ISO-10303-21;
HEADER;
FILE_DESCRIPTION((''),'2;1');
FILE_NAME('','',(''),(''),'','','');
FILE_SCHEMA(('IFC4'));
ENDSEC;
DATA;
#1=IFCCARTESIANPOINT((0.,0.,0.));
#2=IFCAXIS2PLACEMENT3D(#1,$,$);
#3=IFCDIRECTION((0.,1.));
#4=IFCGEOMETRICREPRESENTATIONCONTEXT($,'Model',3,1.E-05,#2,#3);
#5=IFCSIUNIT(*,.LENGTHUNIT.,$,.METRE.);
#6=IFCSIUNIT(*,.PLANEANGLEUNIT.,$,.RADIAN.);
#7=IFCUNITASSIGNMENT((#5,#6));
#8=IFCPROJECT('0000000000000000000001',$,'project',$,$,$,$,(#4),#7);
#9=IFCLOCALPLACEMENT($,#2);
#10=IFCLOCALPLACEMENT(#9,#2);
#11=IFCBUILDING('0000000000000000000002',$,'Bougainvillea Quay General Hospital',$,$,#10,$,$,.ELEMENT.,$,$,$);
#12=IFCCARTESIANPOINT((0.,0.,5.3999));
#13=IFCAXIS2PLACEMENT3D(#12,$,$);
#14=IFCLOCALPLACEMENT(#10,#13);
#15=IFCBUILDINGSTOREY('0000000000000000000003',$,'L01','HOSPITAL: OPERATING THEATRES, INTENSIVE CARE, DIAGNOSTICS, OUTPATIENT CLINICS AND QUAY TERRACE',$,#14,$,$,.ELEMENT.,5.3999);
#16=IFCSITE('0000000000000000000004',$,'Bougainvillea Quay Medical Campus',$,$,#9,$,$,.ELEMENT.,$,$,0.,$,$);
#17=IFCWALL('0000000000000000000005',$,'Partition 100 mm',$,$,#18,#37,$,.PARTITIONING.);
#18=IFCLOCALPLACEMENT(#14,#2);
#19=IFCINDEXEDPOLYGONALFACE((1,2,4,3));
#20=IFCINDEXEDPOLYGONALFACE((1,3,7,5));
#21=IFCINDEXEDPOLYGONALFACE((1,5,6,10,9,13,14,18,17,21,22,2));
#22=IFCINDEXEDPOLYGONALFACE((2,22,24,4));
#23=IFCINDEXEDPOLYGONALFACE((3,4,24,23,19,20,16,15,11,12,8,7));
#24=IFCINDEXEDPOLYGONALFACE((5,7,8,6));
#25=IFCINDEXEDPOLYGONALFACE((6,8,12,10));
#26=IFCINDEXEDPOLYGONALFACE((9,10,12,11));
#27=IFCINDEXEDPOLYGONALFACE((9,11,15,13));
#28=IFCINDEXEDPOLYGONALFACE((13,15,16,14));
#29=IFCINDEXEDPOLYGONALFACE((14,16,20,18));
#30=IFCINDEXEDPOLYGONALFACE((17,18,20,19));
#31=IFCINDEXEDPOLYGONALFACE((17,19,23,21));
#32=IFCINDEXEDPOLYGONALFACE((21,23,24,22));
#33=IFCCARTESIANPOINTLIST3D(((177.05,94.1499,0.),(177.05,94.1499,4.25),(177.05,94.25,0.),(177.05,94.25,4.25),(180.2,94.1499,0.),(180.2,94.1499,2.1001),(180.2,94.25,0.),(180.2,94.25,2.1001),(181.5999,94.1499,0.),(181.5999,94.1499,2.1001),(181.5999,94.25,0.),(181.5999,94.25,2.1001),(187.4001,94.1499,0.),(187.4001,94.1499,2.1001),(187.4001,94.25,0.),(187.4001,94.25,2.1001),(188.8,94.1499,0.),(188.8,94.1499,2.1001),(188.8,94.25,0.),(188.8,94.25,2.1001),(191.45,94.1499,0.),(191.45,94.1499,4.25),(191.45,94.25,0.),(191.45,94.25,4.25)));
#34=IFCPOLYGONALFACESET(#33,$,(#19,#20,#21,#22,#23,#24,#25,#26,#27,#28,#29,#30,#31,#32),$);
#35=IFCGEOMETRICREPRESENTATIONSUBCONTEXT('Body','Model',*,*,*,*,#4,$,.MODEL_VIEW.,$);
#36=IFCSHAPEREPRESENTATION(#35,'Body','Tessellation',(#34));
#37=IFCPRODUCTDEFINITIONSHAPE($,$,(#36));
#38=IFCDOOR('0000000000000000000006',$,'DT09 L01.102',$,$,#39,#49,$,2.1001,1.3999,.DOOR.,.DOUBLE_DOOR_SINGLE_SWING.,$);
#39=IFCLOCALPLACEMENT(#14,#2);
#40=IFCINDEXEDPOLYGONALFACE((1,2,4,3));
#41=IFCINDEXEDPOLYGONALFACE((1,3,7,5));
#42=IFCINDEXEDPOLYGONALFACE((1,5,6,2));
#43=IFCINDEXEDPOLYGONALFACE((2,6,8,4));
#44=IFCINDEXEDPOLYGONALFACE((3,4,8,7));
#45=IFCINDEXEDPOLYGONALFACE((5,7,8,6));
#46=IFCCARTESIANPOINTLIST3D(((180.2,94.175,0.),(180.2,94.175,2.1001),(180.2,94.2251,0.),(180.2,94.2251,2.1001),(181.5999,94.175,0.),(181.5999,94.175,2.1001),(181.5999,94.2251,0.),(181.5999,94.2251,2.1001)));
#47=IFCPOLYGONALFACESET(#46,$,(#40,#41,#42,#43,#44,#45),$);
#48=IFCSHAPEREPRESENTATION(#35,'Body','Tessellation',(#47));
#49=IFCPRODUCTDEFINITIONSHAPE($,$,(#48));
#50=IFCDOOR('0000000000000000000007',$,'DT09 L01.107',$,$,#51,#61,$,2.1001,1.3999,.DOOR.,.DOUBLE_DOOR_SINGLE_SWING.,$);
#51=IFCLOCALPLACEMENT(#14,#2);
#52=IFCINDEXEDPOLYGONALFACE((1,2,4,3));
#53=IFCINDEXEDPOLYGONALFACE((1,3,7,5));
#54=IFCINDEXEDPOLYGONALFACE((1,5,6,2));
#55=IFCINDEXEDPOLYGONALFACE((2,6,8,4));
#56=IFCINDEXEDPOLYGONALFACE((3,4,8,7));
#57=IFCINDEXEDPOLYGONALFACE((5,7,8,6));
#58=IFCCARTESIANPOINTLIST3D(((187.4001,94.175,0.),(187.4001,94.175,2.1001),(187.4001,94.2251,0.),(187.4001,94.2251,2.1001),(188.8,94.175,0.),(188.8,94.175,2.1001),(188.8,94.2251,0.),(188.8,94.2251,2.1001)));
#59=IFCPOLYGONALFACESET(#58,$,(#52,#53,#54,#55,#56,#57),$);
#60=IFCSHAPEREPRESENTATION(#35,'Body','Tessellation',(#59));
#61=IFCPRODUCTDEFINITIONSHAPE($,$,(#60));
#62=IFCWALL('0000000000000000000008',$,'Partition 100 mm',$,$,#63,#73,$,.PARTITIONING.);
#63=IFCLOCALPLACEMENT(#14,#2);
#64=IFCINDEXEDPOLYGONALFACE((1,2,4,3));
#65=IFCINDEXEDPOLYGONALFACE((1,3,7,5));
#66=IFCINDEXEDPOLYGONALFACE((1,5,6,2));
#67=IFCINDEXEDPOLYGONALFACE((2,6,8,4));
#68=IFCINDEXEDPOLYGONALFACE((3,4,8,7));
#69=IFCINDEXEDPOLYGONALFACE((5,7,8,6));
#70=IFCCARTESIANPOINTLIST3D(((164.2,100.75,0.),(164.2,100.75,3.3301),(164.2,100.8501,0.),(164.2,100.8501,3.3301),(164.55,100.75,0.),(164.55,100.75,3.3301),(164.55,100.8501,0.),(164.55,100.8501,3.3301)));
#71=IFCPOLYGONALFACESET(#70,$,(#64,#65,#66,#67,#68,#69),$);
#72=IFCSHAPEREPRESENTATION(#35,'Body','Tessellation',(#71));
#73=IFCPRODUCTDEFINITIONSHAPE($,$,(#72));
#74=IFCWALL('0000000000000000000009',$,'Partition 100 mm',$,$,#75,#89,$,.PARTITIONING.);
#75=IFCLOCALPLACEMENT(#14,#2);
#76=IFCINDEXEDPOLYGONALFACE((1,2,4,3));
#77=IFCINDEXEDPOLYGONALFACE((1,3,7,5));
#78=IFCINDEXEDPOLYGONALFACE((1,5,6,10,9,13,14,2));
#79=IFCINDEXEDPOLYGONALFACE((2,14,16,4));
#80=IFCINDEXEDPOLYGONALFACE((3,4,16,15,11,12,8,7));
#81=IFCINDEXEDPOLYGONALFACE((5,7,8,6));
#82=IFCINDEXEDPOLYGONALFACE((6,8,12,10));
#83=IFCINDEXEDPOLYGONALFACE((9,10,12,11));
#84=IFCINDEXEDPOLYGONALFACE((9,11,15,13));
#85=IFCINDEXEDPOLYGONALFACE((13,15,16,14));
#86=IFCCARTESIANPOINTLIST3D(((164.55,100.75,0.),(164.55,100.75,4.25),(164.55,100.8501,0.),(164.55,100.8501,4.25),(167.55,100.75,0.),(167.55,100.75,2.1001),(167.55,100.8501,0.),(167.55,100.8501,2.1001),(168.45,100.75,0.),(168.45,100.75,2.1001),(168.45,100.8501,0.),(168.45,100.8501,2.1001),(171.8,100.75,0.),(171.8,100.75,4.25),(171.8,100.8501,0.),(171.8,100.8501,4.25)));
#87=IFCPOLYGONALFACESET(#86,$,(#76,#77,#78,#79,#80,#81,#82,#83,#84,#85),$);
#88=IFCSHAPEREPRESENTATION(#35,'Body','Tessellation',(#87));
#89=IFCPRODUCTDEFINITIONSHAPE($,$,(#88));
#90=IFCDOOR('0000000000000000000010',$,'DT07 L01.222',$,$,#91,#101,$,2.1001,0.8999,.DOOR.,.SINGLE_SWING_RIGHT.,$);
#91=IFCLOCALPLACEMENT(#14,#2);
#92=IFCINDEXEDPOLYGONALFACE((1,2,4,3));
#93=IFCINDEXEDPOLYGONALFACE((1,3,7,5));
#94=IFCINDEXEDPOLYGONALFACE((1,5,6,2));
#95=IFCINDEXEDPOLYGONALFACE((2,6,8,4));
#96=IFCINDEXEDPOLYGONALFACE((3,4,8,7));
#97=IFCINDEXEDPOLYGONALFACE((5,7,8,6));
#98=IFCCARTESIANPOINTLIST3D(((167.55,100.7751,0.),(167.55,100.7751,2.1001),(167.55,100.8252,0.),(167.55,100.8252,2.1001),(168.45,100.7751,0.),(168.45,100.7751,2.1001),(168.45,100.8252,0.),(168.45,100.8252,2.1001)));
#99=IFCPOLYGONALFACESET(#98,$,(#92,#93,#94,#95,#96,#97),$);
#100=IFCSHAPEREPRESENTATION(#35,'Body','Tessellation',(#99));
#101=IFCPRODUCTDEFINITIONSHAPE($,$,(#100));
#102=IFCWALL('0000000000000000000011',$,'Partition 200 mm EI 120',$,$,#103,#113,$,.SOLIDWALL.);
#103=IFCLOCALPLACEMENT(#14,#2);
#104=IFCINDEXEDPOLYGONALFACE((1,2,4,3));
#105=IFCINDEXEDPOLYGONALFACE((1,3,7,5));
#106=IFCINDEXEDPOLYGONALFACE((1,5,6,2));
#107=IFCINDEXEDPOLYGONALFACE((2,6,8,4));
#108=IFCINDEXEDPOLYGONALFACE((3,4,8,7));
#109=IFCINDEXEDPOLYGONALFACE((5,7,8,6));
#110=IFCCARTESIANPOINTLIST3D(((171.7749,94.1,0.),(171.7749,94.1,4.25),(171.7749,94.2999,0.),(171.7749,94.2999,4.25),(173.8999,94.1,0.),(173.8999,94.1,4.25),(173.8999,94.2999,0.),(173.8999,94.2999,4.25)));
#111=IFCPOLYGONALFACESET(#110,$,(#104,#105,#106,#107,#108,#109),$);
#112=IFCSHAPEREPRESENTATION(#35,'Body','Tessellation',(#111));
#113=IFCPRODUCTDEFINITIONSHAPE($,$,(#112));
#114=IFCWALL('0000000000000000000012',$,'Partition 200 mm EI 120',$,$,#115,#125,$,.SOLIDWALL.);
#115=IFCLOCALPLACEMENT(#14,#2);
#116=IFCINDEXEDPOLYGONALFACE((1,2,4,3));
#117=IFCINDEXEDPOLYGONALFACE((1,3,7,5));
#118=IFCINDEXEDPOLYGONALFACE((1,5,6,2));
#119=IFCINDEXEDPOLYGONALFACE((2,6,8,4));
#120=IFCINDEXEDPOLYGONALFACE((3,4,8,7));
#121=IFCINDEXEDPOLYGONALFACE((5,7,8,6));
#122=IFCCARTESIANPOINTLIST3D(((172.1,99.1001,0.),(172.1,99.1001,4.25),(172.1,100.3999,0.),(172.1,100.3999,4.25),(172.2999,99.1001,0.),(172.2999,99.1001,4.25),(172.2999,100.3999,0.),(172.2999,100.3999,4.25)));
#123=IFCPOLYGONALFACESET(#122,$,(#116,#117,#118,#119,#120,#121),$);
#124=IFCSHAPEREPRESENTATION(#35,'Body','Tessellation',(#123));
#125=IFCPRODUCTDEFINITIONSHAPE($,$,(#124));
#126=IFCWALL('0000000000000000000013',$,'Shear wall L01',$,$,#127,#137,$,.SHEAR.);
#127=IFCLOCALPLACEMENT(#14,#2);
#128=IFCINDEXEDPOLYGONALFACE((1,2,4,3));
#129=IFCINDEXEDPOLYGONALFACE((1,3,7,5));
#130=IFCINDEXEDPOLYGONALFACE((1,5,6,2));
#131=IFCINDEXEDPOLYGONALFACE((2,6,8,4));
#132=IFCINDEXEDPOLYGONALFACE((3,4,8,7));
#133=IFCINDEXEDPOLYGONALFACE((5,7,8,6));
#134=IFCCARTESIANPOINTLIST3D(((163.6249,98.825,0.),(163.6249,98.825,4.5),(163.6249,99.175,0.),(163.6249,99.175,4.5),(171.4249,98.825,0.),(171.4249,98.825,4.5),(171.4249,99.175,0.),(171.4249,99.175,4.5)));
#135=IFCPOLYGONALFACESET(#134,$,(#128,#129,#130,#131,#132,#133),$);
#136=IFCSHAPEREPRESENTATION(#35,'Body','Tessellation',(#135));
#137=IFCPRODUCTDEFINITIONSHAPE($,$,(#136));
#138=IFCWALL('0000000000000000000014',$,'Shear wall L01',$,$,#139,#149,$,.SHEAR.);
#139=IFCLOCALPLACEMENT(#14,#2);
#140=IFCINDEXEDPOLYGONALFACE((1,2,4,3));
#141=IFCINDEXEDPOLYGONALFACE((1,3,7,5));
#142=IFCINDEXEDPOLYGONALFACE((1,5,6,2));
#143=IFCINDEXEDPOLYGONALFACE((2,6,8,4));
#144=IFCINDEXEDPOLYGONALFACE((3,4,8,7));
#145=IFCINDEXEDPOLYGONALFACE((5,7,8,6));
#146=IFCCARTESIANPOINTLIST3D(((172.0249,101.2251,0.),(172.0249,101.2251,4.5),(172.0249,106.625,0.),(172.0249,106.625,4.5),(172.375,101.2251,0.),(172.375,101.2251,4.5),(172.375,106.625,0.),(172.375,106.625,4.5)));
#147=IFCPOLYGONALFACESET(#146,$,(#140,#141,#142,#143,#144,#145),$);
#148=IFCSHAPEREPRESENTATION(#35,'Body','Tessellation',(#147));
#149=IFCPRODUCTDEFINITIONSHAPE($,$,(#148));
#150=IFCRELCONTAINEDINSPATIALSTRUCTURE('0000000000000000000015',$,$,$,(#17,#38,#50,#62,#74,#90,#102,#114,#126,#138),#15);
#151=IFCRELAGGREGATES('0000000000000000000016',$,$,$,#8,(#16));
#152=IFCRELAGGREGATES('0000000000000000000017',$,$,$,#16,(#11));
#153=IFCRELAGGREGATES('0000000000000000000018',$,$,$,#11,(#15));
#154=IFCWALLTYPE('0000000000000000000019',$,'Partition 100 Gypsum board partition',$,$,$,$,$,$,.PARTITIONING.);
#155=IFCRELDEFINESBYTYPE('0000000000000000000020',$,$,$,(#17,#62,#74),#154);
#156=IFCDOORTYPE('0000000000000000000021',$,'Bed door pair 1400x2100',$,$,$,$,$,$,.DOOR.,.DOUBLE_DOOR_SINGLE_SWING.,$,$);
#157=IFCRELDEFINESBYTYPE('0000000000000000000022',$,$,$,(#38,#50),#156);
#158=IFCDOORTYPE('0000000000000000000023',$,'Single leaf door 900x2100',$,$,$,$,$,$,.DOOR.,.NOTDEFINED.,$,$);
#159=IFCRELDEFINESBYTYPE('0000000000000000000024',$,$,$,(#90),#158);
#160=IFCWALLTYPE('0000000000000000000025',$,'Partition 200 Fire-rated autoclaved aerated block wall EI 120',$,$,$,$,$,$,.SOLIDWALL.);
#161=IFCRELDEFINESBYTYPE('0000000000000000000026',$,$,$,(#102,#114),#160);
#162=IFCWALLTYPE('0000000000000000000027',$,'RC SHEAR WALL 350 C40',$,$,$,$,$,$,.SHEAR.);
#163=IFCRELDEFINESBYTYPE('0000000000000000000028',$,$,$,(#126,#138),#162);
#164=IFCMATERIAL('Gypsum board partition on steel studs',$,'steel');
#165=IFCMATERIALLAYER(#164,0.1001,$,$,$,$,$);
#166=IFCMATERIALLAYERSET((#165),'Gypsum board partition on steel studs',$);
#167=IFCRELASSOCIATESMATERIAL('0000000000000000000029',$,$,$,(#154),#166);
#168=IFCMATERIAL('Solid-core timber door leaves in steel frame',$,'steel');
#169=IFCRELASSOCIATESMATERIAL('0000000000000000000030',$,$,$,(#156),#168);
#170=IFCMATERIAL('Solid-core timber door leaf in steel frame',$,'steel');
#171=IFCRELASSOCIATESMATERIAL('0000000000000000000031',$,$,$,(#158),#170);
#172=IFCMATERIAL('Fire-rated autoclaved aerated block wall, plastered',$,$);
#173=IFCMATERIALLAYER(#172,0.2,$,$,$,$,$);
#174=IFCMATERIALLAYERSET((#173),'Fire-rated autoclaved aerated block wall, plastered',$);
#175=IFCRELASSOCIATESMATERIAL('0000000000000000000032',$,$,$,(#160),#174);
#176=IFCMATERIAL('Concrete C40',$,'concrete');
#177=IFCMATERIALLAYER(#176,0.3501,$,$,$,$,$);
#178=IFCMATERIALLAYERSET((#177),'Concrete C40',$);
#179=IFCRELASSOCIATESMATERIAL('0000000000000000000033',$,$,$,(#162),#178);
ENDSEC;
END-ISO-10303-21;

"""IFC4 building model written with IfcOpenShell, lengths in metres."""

from ifc_helpers import new_model, si_unit, direction, frame, frame_2d, origin, place, context, subcontext, project, spatial, rectangle, extrude, material, layer, layer_set, type_object, element, fill, save


model = new_model("IFC4")

# Units and contexts
model_context = context("Model", 3, precision=1e-05, world=origin(), true_north=direction((0.0, 1.0)))
body_context = subcontext(model_context, "Body", "Model", "MODEL_VIEW")
ifc_project = project(units=[si_unit("LENGTHUNIT", "METRE"), si_unit("PLANEANGLEUNIT", "RADIAN")], contexts=[model_context])

# Site, building, storey
site_placement = place(None, origin())
site = spatial("IfcSite", under=ifc_project, at=site_placement, Name="Bougainvillea Quay Medical Campus", CompositionType="ELEMENT", RefElevation=0.0)
building_placement = place(site_placement, origin())
building = spatial("IfcBuilding", under=site, at=building_placement, Name="Bougainvillea Quay General Hospital", CompositionType="ELEMENT")
storey_placement = place(building_placement, frame((0.0, 0.0, 5.3999)))
storey = spatial("IfcBuildingStorey", under=building, at=storey_placement, Name="L01", Description="HOSPITAL: OPERATING THEATRES, INTENSIVE CARE, DIAGNOSTICS, OUTPATIENT CLINICS AND QUAY TERRACE", CompositionType="ELEMENT", Elevation=5.3999)

# Shared definitions
ifc_material_1 = material(Name="Concrete C40", Category="concrete")

# Wall, openings, doors
ifc_material_2 = material(Name="Gypsum board partition on steel studs", Category="steel")
ifc_layer_1 = layer(ifc_material_2, 0.1001)
ifc_layer_set_1 = layer_set([ifc_layer_1], Name="Gypsum board partition on steel studs")
wall_type_1 = type_object("IfcWallType", Name="Partition 100 Gypsum board partition", PredefinedType="PARTITIONING", material=ifc_layer_set_1)
ifc_material_3 = material(Name="Solid-core timber door leaves in steel frame", Category="steel")
door_type_1 = type_object("IfcDoorType", Name="Bed door pair 1400x2100", OperationType="DOUBLE_DOOR_SINGLE_SWING", PredefinedType="DOOR", material=ifc_material_3)
wall_1_placement = place(storey_placement, frame((177.05, 94.2, 0.0), z_axis=(0.0, 0.0, 1.0), x_axis=(1.0, 0.0, 0.0)))
wall_1 = element("IfcWall", 1, at=wall_1_placement, inside=storey, type_object=wall_type_1, Name="Partition 100 mm", PredefinedType="PARTITIONING", context=body_context, shape_type="SweptSolid", body=[
    extrude(rectangle(XDim=14.3999, YDim=0.1001, at=frame_2d((7.2, 0.0))), origin(), (0.0, 0.0, 1.0), 4.25),
])
opening_1_placement = place(wall_1_placement, frame((3.1499, 0.0, 0.0)))
opening_1 = element("IfcOpeningElement", 2, at=opening_1_placement, cuts=wall_1, PredefinedType="OPENING", context=body_context, shape_type="SweptSolid", body=[
    extrude(rectangle(XDim=1.3999, YDim=2.1001, at=frame_2d((0.7, 1.05))), frame((0.0, 0.0601, 0.0), z_axis=(0.0, -1.0, 0.0), x_axis=(1.0, 0.0, 0.0)), (0.0, 0.0, 1.0), 0.1201),
])
opening_2_placement = place(wall_1_placement, frame((10.3501, 0.0, 0.0)))
opening_2 = element("IfcOpeningElement", 3, at=opening_2_placement, cuts=wall_1, PredefinedType="OPENING", context=body_context, shape_type="SweptSolid", body=[
    extrude(rectangle(XDim=1.3999, YDim=2.1001, at=frame_2d((0.7, 1.05))), frame((0.0, 0.0601, 0.0), z_axis=(0.0, -1.0, 0.0), x_axis=(1.0, 0.0, 0.0)), (0.0, 0.0, 1.0), 0.1201),
])
door_1_placement = place(opening_1_placement, frame((1.3999, 0.0, 0.0), z_axis=(0.0, 0.0, 1.0), x_axis=(-1.0, 0.0, 0.0)))
door_1 = element("IfcDoor", 4, at=door_1_placement, inside=storey, type_object=door_type_1, Name="DT09 L01.102", OperationType="DOUBLE_DOOR_SINGLE_SWING", OverallHeight=2.1001, OverallWidth=1.3999, PredefinedType="DOOR", context=body_context, shape_type="SweptSolid", body=[
    extrude(rectangle(XDim=1.3999, YDim=2.1001, at=frame_2d((0.7, 1.05))), frame((0.0, 0.0249, 0.0), z_axis=(0.0, -1.0, 0.0), x_axis=(1.0, 0.0, 0.0)), (0.0, 0.0, 1.0), 0.05),
])
fill(opening_1, door_1)
door_2_placement = place(opening_2_placement, frame((1.3999, 0.0, 0.0), z_axis=(0.0, 0.0, 1.0), x_axis=(-1.0, 0.0, 0.0)))
door_2 = element("IfcDoor", 5, at=door_2_placement, inside=storey, type_object=door_type_1, Name="DT09 L01.107", OperationType="DOUBLE_DOOR_SINGLE_SWING", OverallHeight=2.1001, OverallWidth=1.3999, PredefinedType="DOOR", context=body_context, shape_type="SweptSolid", body=[
    extrude(rectangle(XDim=1.3999, YDim=2.1001, at=frame_2d((0.7, 1.05))), frame((0.0, 0.0249, 0.0), z_axis=(0.0, -1.0, 0.0), x_axis=(1.0, 0.0, 0.0)), (0.0, 0.0, 1.0), 0.05),
])
fill(opening_2, door_2)

# Wall
wall_2_placement = place(storey_placement, frame((164.2, 100.8, 0.0), z_axis=(0.0, 0.0, 1.0), x_axis=(1.0, 0.0, 0.0)))
element("IfcWall", 6, at=wall_2_placement, inside=storey, type_object=wall_type_1, Name="Partition 100 mm", PredefinedType="PARTITIONING", context=body_context, shape_type="SweptSolid", body=[
    extrude(rectangle(XDim=0.3501, YDim=0.1001, at=frame_2d((0.175, 0.0))), origin(), (0.0, 0.0, 1.0), 3.3301),
])

# Wall, opening, door
wall_3_placement = place(storey_placement, frame((164.55, 100.8, 0.0), z_axis=(0.0, 0.0, 1.0), x_axis=(1.0, 0.0, 0.0)))
wall_3 = element("IfcWall", 7, at=wall_3_placement, inside=storey, type_object=wall_type_1, Name="Partition 100 mm", PredefinedType="PARTITIONING", context=body_context, shape_type="SweptSolid", body=[
    extrude(rectangle(XDim=7.25, YDim=0.1001, at=frame_2d((3.625, 0.0))), origin(), (0.0, 0.0, 1.0), 4.25),
])
opening_3_placement = place(wall_3_placement, frame((3.0, 0.0, 0.0)))
opening_3 = element("IfcOpeningElement", 8, at=opening_3_placement, cuts=wall_3, PredefinedType="OPENING", context=body_context, shape_type="SweptSolid", body=[
    extrude(rectangle(XDim=0.8999, YDim=2.1001, at=frame_2d((0.45, 1.05))), frame((0.0, 0.0601, 0.0), z_axis=(0.0, -1.0, 0.0), x_axis=(1.0, 0.0, 0.0)), (0.0, 0.0, 1.0), 0.1201),
])
ifc_material_4 = material(Name="Solid-core timber door leaf in steel frame", Category="steel")
door_type_2 = type_object("IfcDoorType", Name="Single leaf door 900x2100", OperationType="NOTDEFINED", PredefinedType="DOOR", material=ifc_material_4)
door_3_placement = place(opening_3_placement, frame((0.8999, 0.0, 0.0), z_axis=(0.0, 0.0, 1.0), x_axis=(-1.0, 0.0, 0.0)))
door_3 = element("IfcDoor", 9, at=door_3_placement, inside=storey, type_object=door_type_2, Name="DT07 L01.222", OperationType="SINGLE_SWING_RIGHT", OverallHeight=2.1001, OverallWidth=0.8999, PredefinedType="DOOR", context=body_context, shape_type="SweptSolid", body=[
    extrude(rectangle(XDim=0.8999, YDim=2.1001, at=frame_2d((0.45, 1.05))), frame((0.0, 0.0249, 0.0), z_axis=(0.0, -1.0, 0.0), x_axis=(1.0, 0.0, 0.0)), (0.0, 0.0, 1.0), 0.05),
])
fill(opening_3, door_3)

# Walls
ifc_material_5 = material(Name="Fire-rated autoclaved aerated block wall, plastered")
ifc_layer_2 = layer(ifc_material_5, 0.2)
ifc_layer_set_2 = layer_set([ifc_layer_2], Name="Fire-rated autoclaved aerated block wall, plastered")
wall_type_2 = type_object("IfcWallType", Name="Partition 200 Fire-rated autoclaved aerated block wall EI 120", PredefinedType="SOLIDWALL", material=ifc_layer_set_2)
wall_4_placement = place(storey_placement, frame((171.7749, 94.2, 0.0), z_axis=(0.0, 0.0, 1.0), x_axis=(1.0, 0.0, 0.0)))
element("IfcWall", 10, at=wall_4_placement, inside=storey, type_object=wall_type_2, Name="Partition 200 mm EI 120", PredefinedType="SOLIDWALL", context=body_context, shape_type="SweptSolid", body=[
    extrude(rectangle(XDim=2.125, YDim=0.2, at=frame_2d((1.0625, 0.0))), origin(), (0.0, 0.0, 1.0), 4.25),
])
wall_5_placement = place(storey_placement, frame((172.2, 99.1001, 0.0), z_axis=(0.0, 0.0, 1.0), x_axis=(0.0, 1.0, 0.0)))
element("IfcWall", 11, at=wall_5_placement, inside=storey, type_object=wall_type_2, Name="Partition 200 mm EI 120", PredefinedType="SOLIDWALL", context=body_context, shape_type="SweptSolid", body=[
    extrude(rectangle(XDim=1.2998, YDim=0.2, at=frame_2d((0.6499, 0.0))), origin(), (0.0, 0.0, 1.0), 4.25),
])
ifc_layer_3 = layer(ifc_material_1, 0.3501)
ifc_layer_set_3 = layer_set([ifc_layer_3], Name="Concrete C40")
wall_type_3 = type_object("IfcWallType", Name="RC SHEAR WALL 350 C40", PredefinedType="SHEAR", material=ifc_layer_set_3)
wall_6_placement = place(storey_placement, frame((163.625, 99.0, 0.0), z_axis=(0.0, 0.0, 1.0), x_axis=(1.0, 0.0, 0.0)))
element("IfcWall", 12, at=wall_6_placement, inside=storey, type_object=wall_type_3, Name="Shear wall L01", PredefinedType="SHEAR", context=body_context, shape_type="SweptSolid", body=[
    extrude(rectangle(XDim=7.8, YDim=0.3501, at=frame_2d((3.8999, 0.0))), origin(), (0.0, 0.0, 1.0), 4.5),
])
wall_7_placement = place(storey_placement, frame((172.2, 101.2251, 0.0), z_axis=(0.0, 0.0, 1.0), x_axis=(0.0, 1.0, 0.0)))
element("IfcWall", 13, at=wall_7_placement, inside=storey, type_object=wall_type_3, Name="Shear wall L01", PredefinedType="SHEAR", context=body_context, shape_type="SweptSolid", body=[
    extrude(rectangle(XDim=5.3999, YDim=0.3501, at=frame_2d((2.7, 0.0))), origin(), (0.0, 0.0, 1.0), 4.5),
])

save(model, "model.ifc")
